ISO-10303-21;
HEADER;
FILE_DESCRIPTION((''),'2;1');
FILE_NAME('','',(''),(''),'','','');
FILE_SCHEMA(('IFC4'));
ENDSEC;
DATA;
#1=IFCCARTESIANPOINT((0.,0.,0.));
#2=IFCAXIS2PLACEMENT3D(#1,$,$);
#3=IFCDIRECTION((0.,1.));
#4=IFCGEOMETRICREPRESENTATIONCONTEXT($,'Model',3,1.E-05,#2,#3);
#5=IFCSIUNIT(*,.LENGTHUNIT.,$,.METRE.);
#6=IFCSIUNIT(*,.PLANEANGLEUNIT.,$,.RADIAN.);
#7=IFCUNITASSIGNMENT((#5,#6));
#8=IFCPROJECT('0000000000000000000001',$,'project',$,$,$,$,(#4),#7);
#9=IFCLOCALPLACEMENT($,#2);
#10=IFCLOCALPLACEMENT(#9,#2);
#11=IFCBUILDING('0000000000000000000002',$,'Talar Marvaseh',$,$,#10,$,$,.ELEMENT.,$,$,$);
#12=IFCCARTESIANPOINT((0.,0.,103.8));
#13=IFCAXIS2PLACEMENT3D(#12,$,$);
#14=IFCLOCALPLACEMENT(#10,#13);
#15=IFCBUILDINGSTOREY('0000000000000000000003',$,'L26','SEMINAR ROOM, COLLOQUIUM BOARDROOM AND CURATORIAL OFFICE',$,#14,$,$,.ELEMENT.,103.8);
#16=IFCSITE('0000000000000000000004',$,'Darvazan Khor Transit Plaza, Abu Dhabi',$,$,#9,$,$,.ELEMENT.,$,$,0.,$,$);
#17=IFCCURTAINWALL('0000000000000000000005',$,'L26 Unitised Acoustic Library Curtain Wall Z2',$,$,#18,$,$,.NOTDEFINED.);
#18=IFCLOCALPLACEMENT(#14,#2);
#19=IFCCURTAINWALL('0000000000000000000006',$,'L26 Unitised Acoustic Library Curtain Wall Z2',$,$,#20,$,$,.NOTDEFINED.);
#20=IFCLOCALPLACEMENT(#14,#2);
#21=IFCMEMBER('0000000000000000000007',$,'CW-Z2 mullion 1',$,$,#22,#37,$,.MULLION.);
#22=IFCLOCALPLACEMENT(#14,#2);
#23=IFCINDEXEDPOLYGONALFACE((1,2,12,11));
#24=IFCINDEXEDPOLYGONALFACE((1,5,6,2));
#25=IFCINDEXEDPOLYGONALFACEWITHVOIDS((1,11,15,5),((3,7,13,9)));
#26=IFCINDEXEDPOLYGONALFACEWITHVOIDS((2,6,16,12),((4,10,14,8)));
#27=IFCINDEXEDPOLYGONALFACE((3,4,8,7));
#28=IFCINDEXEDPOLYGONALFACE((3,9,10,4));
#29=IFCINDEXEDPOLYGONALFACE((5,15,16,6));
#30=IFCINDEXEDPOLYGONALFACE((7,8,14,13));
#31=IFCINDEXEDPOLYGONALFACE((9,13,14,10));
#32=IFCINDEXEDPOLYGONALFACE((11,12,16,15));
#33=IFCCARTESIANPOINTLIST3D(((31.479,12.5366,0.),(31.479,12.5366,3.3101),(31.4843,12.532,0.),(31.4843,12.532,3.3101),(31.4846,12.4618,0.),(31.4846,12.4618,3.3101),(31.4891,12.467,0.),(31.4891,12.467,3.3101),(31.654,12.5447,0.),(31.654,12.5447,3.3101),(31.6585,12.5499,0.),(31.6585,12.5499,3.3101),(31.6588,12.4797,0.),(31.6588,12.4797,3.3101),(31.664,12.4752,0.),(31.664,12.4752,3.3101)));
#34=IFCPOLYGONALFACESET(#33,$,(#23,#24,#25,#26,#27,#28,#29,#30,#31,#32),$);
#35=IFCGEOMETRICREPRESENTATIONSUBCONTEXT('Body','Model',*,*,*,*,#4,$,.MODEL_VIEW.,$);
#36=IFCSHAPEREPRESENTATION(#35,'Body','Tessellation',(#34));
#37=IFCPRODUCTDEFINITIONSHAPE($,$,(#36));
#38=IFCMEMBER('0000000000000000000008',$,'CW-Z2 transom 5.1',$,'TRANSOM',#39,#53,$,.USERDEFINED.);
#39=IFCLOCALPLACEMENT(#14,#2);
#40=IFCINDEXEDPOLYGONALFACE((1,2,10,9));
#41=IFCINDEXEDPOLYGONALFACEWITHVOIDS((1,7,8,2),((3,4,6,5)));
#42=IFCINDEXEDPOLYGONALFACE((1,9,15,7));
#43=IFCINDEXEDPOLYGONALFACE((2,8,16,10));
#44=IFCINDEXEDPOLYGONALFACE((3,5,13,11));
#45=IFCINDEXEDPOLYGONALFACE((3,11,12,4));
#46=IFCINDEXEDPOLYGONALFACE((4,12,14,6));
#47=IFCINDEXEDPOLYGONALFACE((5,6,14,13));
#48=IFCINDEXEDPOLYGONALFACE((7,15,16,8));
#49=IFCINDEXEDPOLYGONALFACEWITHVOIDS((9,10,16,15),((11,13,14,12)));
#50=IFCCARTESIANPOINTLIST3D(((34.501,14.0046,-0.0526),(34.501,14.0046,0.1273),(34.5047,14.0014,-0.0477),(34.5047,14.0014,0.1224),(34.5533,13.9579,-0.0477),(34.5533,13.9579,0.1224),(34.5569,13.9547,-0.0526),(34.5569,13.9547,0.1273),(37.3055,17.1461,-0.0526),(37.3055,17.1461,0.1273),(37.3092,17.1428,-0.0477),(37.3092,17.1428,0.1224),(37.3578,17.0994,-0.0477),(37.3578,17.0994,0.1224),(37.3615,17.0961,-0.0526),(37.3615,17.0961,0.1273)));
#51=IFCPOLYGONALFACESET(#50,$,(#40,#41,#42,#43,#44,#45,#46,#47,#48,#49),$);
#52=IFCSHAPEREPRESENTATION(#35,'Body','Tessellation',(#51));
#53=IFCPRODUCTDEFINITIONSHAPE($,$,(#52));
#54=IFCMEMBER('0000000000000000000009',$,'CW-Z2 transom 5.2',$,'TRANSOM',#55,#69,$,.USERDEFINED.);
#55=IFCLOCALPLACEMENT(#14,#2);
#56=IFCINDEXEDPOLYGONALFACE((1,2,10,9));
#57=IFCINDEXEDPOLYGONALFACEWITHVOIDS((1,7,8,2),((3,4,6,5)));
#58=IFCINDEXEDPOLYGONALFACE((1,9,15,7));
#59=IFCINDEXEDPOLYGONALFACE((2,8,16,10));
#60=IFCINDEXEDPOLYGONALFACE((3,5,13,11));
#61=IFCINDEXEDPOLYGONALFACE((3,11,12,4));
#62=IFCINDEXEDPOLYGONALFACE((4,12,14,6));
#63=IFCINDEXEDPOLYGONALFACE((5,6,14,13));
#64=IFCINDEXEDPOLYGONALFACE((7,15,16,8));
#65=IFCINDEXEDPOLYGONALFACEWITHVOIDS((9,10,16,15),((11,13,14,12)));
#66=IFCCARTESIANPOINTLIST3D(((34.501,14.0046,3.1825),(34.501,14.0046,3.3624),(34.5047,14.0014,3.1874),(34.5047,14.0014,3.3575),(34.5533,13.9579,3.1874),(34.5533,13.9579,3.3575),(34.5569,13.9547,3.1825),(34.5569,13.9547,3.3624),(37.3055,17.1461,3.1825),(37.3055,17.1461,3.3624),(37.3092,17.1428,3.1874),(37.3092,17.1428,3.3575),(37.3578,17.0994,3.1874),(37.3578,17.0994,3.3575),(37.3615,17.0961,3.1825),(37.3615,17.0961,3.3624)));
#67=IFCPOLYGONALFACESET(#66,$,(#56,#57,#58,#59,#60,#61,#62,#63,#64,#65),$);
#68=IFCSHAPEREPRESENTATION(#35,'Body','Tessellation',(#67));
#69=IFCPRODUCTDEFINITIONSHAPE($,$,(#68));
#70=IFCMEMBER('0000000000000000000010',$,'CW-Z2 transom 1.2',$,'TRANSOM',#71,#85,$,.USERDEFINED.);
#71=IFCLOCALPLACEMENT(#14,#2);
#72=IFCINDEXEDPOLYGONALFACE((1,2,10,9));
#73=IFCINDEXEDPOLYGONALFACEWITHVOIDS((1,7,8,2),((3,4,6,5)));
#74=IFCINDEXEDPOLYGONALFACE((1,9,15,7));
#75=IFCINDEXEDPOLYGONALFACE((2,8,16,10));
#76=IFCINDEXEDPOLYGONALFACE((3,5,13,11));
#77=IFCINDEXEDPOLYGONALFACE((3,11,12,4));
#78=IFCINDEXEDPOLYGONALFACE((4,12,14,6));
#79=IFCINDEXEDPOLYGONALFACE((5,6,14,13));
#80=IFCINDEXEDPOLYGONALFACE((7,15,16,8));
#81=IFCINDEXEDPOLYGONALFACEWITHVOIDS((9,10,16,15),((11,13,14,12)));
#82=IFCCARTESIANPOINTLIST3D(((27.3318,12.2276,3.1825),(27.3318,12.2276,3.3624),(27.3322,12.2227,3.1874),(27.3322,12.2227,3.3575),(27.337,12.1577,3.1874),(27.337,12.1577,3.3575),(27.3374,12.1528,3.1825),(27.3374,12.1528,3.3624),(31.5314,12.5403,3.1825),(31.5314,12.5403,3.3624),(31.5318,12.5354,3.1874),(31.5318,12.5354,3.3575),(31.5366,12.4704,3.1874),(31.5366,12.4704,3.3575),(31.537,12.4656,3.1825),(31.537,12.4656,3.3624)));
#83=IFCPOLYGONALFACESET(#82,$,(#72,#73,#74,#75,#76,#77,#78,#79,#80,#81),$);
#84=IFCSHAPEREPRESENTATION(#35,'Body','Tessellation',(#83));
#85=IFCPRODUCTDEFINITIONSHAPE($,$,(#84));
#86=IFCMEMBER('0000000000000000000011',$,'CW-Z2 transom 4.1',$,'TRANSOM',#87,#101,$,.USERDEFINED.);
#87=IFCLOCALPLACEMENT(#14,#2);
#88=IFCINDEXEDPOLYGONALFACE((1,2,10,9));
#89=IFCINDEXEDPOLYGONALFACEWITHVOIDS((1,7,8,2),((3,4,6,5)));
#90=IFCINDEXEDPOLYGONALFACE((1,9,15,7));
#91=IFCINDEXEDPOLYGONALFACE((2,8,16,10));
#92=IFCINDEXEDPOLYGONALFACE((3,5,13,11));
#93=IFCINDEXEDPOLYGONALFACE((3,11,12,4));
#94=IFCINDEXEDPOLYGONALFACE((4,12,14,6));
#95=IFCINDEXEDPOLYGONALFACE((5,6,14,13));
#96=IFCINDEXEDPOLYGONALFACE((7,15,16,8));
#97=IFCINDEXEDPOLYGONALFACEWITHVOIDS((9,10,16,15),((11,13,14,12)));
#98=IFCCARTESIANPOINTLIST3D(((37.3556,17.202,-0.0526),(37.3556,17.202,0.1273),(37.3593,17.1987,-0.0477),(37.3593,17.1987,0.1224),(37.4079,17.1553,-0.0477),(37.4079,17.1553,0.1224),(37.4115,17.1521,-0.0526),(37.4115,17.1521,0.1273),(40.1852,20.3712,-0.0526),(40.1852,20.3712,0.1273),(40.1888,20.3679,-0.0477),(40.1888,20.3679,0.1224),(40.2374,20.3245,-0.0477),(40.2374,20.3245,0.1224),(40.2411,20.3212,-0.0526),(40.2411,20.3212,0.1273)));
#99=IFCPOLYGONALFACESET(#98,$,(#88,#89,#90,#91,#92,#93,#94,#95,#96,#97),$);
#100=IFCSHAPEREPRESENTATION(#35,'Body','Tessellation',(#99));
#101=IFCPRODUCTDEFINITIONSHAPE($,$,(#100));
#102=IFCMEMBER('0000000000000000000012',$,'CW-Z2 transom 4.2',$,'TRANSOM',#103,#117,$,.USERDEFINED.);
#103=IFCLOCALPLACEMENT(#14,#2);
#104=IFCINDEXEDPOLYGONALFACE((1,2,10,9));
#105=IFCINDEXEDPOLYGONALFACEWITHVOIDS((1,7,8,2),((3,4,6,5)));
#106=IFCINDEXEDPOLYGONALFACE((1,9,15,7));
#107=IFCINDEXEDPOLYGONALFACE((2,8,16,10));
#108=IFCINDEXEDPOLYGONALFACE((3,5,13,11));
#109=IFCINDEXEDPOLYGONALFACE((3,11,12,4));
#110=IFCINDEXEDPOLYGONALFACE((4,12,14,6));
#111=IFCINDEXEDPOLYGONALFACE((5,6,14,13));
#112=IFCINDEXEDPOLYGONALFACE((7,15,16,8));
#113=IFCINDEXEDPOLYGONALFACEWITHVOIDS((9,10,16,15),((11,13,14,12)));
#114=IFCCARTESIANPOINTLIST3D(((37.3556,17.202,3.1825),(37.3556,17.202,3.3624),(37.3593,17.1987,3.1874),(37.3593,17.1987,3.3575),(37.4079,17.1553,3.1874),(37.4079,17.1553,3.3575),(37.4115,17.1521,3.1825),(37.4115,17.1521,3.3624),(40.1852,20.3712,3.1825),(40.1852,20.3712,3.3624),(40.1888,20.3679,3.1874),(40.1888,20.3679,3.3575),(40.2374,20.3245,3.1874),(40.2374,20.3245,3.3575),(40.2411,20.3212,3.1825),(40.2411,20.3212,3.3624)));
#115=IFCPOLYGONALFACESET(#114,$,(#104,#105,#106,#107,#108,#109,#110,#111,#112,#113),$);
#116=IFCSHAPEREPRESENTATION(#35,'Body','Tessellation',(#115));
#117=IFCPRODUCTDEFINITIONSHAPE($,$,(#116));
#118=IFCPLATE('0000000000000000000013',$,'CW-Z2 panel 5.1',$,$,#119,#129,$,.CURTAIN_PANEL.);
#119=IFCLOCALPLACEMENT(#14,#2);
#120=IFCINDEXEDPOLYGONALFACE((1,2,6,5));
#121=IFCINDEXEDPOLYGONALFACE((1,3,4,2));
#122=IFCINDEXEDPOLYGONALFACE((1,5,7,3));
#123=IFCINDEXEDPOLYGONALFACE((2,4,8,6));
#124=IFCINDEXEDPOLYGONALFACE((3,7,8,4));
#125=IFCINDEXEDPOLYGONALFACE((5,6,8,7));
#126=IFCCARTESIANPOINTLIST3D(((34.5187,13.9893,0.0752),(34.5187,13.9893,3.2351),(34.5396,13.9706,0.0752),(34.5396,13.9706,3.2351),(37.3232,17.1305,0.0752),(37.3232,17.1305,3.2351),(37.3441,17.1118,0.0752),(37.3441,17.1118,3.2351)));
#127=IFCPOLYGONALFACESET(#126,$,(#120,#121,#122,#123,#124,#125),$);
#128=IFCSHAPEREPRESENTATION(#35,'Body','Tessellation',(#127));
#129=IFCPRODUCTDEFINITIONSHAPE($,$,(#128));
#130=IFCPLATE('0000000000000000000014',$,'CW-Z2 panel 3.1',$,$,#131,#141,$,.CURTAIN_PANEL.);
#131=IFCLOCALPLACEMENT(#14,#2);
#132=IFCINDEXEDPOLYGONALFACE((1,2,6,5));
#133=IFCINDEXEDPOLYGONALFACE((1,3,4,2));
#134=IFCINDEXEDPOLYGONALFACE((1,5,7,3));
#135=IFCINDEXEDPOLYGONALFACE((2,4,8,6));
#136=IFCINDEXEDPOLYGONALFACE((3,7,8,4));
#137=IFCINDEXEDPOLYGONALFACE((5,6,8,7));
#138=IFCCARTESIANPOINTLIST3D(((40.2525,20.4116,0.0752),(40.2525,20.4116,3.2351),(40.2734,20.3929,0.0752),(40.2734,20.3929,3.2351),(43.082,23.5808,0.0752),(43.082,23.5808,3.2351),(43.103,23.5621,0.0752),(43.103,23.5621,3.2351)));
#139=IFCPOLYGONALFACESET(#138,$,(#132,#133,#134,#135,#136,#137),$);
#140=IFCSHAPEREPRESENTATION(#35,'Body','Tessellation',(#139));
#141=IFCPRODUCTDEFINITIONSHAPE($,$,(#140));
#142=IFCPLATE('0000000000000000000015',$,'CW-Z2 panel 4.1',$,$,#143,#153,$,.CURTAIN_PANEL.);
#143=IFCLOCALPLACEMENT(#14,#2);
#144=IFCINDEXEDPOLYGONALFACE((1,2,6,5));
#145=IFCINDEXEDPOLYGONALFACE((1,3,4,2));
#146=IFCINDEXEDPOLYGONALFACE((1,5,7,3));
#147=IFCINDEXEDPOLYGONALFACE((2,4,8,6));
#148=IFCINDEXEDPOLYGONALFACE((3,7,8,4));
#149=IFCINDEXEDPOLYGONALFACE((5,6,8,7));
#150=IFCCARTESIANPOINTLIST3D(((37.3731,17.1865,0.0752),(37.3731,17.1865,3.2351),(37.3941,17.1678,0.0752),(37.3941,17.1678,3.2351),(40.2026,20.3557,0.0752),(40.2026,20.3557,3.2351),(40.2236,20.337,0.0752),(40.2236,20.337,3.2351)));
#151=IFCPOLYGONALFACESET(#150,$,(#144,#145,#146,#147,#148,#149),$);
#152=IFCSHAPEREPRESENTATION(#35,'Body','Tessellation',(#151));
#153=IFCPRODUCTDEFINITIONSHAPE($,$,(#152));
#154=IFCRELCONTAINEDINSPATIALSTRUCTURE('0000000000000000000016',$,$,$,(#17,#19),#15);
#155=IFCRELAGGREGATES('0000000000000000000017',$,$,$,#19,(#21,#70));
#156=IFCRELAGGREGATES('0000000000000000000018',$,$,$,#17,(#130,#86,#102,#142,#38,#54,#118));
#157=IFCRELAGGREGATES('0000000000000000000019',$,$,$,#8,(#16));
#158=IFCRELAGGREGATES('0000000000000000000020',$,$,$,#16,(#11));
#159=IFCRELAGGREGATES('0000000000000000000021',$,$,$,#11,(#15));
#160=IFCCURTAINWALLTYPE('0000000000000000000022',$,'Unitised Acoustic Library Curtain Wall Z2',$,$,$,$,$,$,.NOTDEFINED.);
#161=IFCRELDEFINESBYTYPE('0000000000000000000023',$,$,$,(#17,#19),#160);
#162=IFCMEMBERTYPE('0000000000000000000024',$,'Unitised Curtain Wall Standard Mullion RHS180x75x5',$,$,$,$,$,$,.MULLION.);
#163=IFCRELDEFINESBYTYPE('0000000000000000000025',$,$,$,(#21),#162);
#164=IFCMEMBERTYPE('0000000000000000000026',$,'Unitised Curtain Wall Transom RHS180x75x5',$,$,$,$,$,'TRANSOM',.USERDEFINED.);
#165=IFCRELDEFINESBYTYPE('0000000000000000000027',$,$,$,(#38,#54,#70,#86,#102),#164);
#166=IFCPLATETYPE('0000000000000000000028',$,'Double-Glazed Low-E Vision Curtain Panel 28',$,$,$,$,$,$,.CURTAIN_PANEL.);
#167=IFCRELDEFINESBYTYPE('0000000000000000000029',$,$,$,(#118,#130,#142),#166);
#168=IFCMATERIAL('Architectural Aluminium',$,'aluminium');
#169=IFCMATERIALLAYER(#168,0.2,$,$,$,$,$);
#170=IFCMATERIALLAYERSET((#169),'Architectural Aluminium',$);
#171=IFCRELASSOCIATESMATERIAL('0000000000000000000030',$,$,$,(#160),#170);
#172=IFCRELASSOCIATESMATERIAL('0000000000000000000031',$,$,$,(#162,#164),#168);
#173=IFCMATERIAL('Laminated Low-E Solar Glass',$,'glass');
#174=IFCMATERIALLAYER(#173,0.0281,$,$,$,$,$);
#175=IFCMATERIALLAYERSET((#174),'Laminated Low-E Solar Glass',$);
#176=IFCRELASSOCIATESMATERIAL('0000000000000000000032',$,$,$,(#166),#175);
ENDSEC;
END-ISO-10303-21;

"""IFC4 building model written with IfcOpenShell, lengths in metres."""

from ifc_helpers import new_model, si_unit, direction, frame, origin, origin_2d, place, context, subcontext, project, spatial, rectangle, hollow_rectangle, extrude, source, transform, mapped, material, layer, layer_set, material_profile, profile_set, type_object, type_shapes, element, aggregate, save


model = new_model("IFC4")

# Units and contexts
model_context = context("Model", 3, precision=1e-05, world=origin(), true_north=direction((0.0, 1.0)))
body_context = subcontext(model_context, "Body", "Model", "MODEL_VIEW")
ifc_project = project(units=[si_unit("LENGTHUNIT", "METRE"), si_unit("PLANEANGLEUNIT", "RADIAN")], contexts=[model_context])

# Site, building, storey
site_placement = place(None, origin())
site = spatial("IfcSite", under=ifc_project, at=site_placement, Name="Darvazan Khor Transit Plaza, Abu Dhabi", CompositionType="ELEMENT", RefElevation=0.0)
building_placement = place(site_placement, origin())
building = spatial("IfcBuilding", under=site, at=building_placement, Name="Talar Marvaseh", CompositionType="ELEMENT")
storey_placement = place(building_placement, frame((0.0, 0.0, 103.8)))
storey = spatial("IfcBuildingStorey", under=building, at=storey_placement, Name="L26", Description="SEMINAR ROOM, COLLOQUIUM BOARDROOM AND CURATORIAL OFFICE", CompositionType="ELEMENT", Elevation=103.8)

# Curtain wall
ifc_material_1 = material(Name="Architectural Aluminium", Category="aluminium")
ifc_layer_1 = layer(ifc_material_1, 0.2)
ifc_layer_set_1 = layer_set([ifc_layer_1], Name="Architectural Aluminium")
curtain_wall_type = type_object("IfcCurtainWallType", Name="Unitised Acoustic Library Curtain Wall Z2", PredefinedType="NOTDEFINED", material=ifc_layer_set_1)
curtain_wall_1_placement = place(storey_placement, origin())
curtain_wall_1 = element("IfcCurtainWall", 1, at=curtain_wall_1_placement, inside=storey, type_object=curtain_wall_type, Name="L26 Unitised Acoustic Library Curtain Wall Z2", PredefinedType="NOTDEFINED")
ifc_material_profile_1 = material_profile(ifc_material_1, hollow_rectangle(XDim=0.075, YDim=0.1799, WallThickness=0.0049, at=origin_2d()), Name="RHS180x75x5")
ifc_profile_set_1 = profile_set([ifc_material_profile_1], Name="Architectural Aluminium")
member_type_1 = type_object("IfcMemberType", Name="Unitised Curtain Wall Standard Mullion RHS180x75x5", PredefinedType="MULLION", material=ifc_profile_set_1)
shared_shape_1 = source(origin(), body_context, "Body", "SweptSolid", [
    extrude(hollow_rectangle(XDim=0.075, YDim=0.1799, WallThickness=0.0049, at=origin_2d()), origin(), (0.0, 0.0, 1.0), 3.3101),
])
type_shapes(member_type_1, [shared_shape_1])

# Curtain wall, member
curtain_wall_2_placement = place(storey_placement, origin())
curtain_wall_2 = element("IfcCurtainWall", 2, at=curtain_wall_2_placement, inside=storey, type_object=curtain_wall_type, Name="L26 Unitised Acoustic Library Curtain Wall Z2", PredefinedType="NOTDEFINED")
member_1_placement = place(storey_placement, frame((31.5715, 12.5059, 0.0), z_axis=(0.0, 0.0, 1.0), x_axis=(0.074263, -0.997239, 0.0)))
member_1 = element("IfcMember", 3, at=member_1_placement, type_object=member_type_1, Name="CW-Z2 mullion 1", PredefinedType="MULLION", context=body_context, shape_type="MappedRepresentation", body=[
    mapped(shared_shape_1, transform((0.0, 0.0, 0.0), x_axis=(1.0, 0.0, 0.0), y_axis=(0.0, 1.0, 0.0), z_axis=(0.0, 0.0, 1.0), scale=1.0)),
])

# Members
ifc_material_profile_2 = material_profile(ifc_material_1, hollow_rectangle(XDim=0.075, YDim=0.1799, WallThickness=0.0049, at=origin_2d()), Name="RHS180x75x5")
ifc_profile_set_2 = profile_set([ifc_material_profile_2], Name="Architectural Aluminium")
member_type_2 = type_object("IfcMemberType", Name="Unitised Curtain Wall Transom RHS180x75x5", ElementType="TRANSOM", PredefinedType="USERDEFINED", material=ifc_profile_set_2)
shared_shape_2 = source(origin(), body_context, "Body", "SweptSolid", [
    extrude(hollow_rectangle(XDim=0.075, YDim=0.1799, WallThickness=0.0049, at=origin_2d()), origin(), (0.0, 0.0, 1.0), 4.2112),
])
member_2_placement = place(storey_placement, frame((37.3335, 17.1211, 0.0374), z_axis=(-0.665971, -0.745978, 0.0), x_axis=(0.745978, -0.665971, 0.0)))
member_2 = element("IfcMember", 4, at=member_2_placement, type_object=member_type_2, Name="CW-Z2 transom 5.1", ObjectType="TRANSOM", PredefinedType="USERDEFINED", context=body_context, shape_type="MappedRepresentation", body=[
    mapped(shared_shape_2, transform((0.0, 0.0, 0.0), x_axis=(1.0, 0.0, 0.0), y_axis=(0.0, 1.0, 0.0), z_axis=(0.0, 0.0, 1.0), scale=1.0)),
])
member_3_placement = place(storey_placement, frame((37.3335, 17.1211, 3.2725), z_axis=(-0.665971, -0.745978, 0.0), x_axis=(0.745978, -0.665971, 0.0)))
member_3 = element("IfcMember", 5, at=member_3_placement, type_object=member_type_2, Name="CW-Z2 transom 5.2", ObjectType="TRANSOM", PredefinedType="USERDEFINED", context=body_context, shape_type="MappedRepresentation", body=[
    mapped(shared_shape_2, transform((0.0, 0.0, 0.0), x_axis=(1.0, 0.0, 0.0), y_axis=(0.0, 1.0, 0.0), z_axis=(0.0, 0.0, 1.0), scale=1.0)),
])
member_4_placement = place(storey_placement, frame((31.5342, 12.5029, 3.2725), z_axis=(-0.997238, -0.074267, 0.0), x_axis=(0.074267, -0.997238, 0.0)))
member_4 = element("IfcMember", 6, at=member_4_placement, type_object=member_type_2, Name="CW-Z2 transom 1.2", ObjectType="TRANSOM", PredefinedType="USERDEFINED", context=body_context, shape_type="MappedRepresentation", body=[
    mapped(shared_shape_2, transform((0.0, 0.0, 0.0), x_axis=(1.0, 0.0, 0.0), y_axis=(0.0, 1.0, 0.0), z_axis=(0.0, 0.0, 1.0), scale=1.0)),
])
aggregate(curtain_wall_2, [member_1, member_4])
shared_shape_3 = source(origin(), body_context, "Body", "SweptSolid", [
    extrude(hollow_rectangle(XDim=0.075, YDim=0.1799, WallThickness=0.0049, at=origin_2d()), origin(), (0.0, 0.0, 1.0), 4.2485),
])
type_shapes(member_type_2, [shared_shape_2, shared_shape_3])
member_5_placement = place(storey_placement, frame((40.2131, 20.3462, 0.0374), z_axis=(-0.66601, -0.745943, 0.0), x_axis=(0.745943, -0.66601, 0.0)))
member_5 = element("IfcMember", 7, at=member_5_placement, type_object=member_type_2, Name="CW-Z2 transom 4.1", ObjectType="TRANSOM", PredefinedType="USERDEFINED", context=body_context, shape_type="MappedRepresentation", body=[
    mapped(shared_shape_3, transform((0.0, 0.0, 0.0), x_axis=(1.0, 0.0, 0.0), y_axis=(0.0, 1.0, 0.0), z_axis=(0.0, 0.0, 1.0), scale=1.0)),
])
member_6_placement = place(storey_placement, frame((40.2131, 20.3462, 3.2725), z_axis=(-0.66601, -0.745943, 0.0), x_axis=(0.745943, -0.66601, 0.0)))
member_6 = element("IfcMember", 8, at=member_6_placement, type_object=member_type_2, Name="CW-Z2 transom 4.2", ObjectType="TRANSOM", PredefinedType="USERDEFINED", context=body_context, shape_type="MappedRepresentation", body=[
    mapped(shared_shape_3, transform((0.0, 0.0, 0.0), x_axis=(1.0, 0.0, 0.0), y_axis=(0.0, 1.0, 0.0), z_axis=(0.0, 0.0, 1.0), scale=1.0)),
])

# Plates
ifc_material_2 = material(Name="Laminated Low-E Solar Glass", Category="glass")
ifc_layer_2 = layer(ifc_material_2, 0.0281)
ifc_layer_set_2 = layer_set([ifc_layer_2], Name="Laminated Low-E Solar Glass")
plate_type = type_object("IfcPlateType", Name="Double-Glazed Low-E Vision Curtain Panel 28", PredefinedType="CURTAIN_PANEL", material=ifc_layer_set_2)
shared_shape_4 = source(origin(), body_context, "Body", "SweptSolid", [
    extrude(rectangle(XDim=4.2109, YDim=0.0281, at=origin_2d()), origin(), (0.0, 0.0, 1.0), 3.1599),
])
plate_1_placement = place(storey_placement, frame((35.9314, 15.5505, 0.0752), z_axis=(0.0, 0.0, 1.0), x_axis=(-0.665999, -0.745953, 0.0)))
plate_1 = element("IfcPlate", 9, at=plate_1_placement, type_object=plate_type, Name="CW-Z2 panel 5.1", PredefinedType="CURTAIN_PANEL", context=body_context, shape_type="MappedRepresentation", body=[
    mapped(shared_shape_4, transform((0.0, 0.0, 0.0), x_axis=(1.0, 0.0, 0.0), y_axis=(0.0, 1.0, 0.0), z_axis=(0.0, 0.0, 1.0), scale=1.0)),
])
shared_shape_5 = source(origin(), body_context, "Body", "SweptSolid", [
    extrude(rectangle(XDim=4.2485, YDim=0.0281, at=origin_2d()), origin(), (0.0, 0.0, 1.0), 3.1599),
])
type_shapes(plate_type, [shared_shape_4, shared_shape_5])
plate_2_placement = place(storey_placement, frame((41.6777, 21.9868, 0.0752), z_axis=(0.0, 0.0, 1.0), x_axis=(-0.665999, -0.745953, 0.0)))
plate_2 = element("IfcPlate", 10, at=plate_2_placement, type_object=plate_type, Name="CW-Z2 panel 3.1", PredefinedType="CURTAIN_PANEL", context=body_context, shape_type="MappedRepresentation", body=[
    mapped(shared_shape_5, transform((0.0, 0.0, 0.0), x_axis=(1.0, 0.0, 0.0), y_axis=(0.0, 1.0, 0.0), z_axis=(0.0, 0.0, 1.0), scale=1.0)),
])
plate_3_placement = place(storey_placement, frame((38.7983, 18.7617, 0.0752), z_axis=(0.0, 0.0, 1.0), x_axis=(-0.665999, -0.745953, 0.0)))
plate_3 = element("IfcPlate", 11, at=plate_3_placement, type_object=plate_type, Name="CW-Z2 panel 4.1", PredefinedType="CURTAIN_PANEL", context=body_context, shape_type="MappedRepresentation", body=[
    mapped(shared_shape_5, transform((0.0, 0.0, 0.0), x_axis=(1.0, 0.0, 0.0), y_axis=(0.0, 1.0, 0.0), z_axis=(0.0, 0.0, 1.0), scale=1.0)),
])
aggregate(curtain_wall_1, [plate_2, member_5, member_6, plate_3, member_2, member_3, plate_1])

save(model, "model.ifc")
